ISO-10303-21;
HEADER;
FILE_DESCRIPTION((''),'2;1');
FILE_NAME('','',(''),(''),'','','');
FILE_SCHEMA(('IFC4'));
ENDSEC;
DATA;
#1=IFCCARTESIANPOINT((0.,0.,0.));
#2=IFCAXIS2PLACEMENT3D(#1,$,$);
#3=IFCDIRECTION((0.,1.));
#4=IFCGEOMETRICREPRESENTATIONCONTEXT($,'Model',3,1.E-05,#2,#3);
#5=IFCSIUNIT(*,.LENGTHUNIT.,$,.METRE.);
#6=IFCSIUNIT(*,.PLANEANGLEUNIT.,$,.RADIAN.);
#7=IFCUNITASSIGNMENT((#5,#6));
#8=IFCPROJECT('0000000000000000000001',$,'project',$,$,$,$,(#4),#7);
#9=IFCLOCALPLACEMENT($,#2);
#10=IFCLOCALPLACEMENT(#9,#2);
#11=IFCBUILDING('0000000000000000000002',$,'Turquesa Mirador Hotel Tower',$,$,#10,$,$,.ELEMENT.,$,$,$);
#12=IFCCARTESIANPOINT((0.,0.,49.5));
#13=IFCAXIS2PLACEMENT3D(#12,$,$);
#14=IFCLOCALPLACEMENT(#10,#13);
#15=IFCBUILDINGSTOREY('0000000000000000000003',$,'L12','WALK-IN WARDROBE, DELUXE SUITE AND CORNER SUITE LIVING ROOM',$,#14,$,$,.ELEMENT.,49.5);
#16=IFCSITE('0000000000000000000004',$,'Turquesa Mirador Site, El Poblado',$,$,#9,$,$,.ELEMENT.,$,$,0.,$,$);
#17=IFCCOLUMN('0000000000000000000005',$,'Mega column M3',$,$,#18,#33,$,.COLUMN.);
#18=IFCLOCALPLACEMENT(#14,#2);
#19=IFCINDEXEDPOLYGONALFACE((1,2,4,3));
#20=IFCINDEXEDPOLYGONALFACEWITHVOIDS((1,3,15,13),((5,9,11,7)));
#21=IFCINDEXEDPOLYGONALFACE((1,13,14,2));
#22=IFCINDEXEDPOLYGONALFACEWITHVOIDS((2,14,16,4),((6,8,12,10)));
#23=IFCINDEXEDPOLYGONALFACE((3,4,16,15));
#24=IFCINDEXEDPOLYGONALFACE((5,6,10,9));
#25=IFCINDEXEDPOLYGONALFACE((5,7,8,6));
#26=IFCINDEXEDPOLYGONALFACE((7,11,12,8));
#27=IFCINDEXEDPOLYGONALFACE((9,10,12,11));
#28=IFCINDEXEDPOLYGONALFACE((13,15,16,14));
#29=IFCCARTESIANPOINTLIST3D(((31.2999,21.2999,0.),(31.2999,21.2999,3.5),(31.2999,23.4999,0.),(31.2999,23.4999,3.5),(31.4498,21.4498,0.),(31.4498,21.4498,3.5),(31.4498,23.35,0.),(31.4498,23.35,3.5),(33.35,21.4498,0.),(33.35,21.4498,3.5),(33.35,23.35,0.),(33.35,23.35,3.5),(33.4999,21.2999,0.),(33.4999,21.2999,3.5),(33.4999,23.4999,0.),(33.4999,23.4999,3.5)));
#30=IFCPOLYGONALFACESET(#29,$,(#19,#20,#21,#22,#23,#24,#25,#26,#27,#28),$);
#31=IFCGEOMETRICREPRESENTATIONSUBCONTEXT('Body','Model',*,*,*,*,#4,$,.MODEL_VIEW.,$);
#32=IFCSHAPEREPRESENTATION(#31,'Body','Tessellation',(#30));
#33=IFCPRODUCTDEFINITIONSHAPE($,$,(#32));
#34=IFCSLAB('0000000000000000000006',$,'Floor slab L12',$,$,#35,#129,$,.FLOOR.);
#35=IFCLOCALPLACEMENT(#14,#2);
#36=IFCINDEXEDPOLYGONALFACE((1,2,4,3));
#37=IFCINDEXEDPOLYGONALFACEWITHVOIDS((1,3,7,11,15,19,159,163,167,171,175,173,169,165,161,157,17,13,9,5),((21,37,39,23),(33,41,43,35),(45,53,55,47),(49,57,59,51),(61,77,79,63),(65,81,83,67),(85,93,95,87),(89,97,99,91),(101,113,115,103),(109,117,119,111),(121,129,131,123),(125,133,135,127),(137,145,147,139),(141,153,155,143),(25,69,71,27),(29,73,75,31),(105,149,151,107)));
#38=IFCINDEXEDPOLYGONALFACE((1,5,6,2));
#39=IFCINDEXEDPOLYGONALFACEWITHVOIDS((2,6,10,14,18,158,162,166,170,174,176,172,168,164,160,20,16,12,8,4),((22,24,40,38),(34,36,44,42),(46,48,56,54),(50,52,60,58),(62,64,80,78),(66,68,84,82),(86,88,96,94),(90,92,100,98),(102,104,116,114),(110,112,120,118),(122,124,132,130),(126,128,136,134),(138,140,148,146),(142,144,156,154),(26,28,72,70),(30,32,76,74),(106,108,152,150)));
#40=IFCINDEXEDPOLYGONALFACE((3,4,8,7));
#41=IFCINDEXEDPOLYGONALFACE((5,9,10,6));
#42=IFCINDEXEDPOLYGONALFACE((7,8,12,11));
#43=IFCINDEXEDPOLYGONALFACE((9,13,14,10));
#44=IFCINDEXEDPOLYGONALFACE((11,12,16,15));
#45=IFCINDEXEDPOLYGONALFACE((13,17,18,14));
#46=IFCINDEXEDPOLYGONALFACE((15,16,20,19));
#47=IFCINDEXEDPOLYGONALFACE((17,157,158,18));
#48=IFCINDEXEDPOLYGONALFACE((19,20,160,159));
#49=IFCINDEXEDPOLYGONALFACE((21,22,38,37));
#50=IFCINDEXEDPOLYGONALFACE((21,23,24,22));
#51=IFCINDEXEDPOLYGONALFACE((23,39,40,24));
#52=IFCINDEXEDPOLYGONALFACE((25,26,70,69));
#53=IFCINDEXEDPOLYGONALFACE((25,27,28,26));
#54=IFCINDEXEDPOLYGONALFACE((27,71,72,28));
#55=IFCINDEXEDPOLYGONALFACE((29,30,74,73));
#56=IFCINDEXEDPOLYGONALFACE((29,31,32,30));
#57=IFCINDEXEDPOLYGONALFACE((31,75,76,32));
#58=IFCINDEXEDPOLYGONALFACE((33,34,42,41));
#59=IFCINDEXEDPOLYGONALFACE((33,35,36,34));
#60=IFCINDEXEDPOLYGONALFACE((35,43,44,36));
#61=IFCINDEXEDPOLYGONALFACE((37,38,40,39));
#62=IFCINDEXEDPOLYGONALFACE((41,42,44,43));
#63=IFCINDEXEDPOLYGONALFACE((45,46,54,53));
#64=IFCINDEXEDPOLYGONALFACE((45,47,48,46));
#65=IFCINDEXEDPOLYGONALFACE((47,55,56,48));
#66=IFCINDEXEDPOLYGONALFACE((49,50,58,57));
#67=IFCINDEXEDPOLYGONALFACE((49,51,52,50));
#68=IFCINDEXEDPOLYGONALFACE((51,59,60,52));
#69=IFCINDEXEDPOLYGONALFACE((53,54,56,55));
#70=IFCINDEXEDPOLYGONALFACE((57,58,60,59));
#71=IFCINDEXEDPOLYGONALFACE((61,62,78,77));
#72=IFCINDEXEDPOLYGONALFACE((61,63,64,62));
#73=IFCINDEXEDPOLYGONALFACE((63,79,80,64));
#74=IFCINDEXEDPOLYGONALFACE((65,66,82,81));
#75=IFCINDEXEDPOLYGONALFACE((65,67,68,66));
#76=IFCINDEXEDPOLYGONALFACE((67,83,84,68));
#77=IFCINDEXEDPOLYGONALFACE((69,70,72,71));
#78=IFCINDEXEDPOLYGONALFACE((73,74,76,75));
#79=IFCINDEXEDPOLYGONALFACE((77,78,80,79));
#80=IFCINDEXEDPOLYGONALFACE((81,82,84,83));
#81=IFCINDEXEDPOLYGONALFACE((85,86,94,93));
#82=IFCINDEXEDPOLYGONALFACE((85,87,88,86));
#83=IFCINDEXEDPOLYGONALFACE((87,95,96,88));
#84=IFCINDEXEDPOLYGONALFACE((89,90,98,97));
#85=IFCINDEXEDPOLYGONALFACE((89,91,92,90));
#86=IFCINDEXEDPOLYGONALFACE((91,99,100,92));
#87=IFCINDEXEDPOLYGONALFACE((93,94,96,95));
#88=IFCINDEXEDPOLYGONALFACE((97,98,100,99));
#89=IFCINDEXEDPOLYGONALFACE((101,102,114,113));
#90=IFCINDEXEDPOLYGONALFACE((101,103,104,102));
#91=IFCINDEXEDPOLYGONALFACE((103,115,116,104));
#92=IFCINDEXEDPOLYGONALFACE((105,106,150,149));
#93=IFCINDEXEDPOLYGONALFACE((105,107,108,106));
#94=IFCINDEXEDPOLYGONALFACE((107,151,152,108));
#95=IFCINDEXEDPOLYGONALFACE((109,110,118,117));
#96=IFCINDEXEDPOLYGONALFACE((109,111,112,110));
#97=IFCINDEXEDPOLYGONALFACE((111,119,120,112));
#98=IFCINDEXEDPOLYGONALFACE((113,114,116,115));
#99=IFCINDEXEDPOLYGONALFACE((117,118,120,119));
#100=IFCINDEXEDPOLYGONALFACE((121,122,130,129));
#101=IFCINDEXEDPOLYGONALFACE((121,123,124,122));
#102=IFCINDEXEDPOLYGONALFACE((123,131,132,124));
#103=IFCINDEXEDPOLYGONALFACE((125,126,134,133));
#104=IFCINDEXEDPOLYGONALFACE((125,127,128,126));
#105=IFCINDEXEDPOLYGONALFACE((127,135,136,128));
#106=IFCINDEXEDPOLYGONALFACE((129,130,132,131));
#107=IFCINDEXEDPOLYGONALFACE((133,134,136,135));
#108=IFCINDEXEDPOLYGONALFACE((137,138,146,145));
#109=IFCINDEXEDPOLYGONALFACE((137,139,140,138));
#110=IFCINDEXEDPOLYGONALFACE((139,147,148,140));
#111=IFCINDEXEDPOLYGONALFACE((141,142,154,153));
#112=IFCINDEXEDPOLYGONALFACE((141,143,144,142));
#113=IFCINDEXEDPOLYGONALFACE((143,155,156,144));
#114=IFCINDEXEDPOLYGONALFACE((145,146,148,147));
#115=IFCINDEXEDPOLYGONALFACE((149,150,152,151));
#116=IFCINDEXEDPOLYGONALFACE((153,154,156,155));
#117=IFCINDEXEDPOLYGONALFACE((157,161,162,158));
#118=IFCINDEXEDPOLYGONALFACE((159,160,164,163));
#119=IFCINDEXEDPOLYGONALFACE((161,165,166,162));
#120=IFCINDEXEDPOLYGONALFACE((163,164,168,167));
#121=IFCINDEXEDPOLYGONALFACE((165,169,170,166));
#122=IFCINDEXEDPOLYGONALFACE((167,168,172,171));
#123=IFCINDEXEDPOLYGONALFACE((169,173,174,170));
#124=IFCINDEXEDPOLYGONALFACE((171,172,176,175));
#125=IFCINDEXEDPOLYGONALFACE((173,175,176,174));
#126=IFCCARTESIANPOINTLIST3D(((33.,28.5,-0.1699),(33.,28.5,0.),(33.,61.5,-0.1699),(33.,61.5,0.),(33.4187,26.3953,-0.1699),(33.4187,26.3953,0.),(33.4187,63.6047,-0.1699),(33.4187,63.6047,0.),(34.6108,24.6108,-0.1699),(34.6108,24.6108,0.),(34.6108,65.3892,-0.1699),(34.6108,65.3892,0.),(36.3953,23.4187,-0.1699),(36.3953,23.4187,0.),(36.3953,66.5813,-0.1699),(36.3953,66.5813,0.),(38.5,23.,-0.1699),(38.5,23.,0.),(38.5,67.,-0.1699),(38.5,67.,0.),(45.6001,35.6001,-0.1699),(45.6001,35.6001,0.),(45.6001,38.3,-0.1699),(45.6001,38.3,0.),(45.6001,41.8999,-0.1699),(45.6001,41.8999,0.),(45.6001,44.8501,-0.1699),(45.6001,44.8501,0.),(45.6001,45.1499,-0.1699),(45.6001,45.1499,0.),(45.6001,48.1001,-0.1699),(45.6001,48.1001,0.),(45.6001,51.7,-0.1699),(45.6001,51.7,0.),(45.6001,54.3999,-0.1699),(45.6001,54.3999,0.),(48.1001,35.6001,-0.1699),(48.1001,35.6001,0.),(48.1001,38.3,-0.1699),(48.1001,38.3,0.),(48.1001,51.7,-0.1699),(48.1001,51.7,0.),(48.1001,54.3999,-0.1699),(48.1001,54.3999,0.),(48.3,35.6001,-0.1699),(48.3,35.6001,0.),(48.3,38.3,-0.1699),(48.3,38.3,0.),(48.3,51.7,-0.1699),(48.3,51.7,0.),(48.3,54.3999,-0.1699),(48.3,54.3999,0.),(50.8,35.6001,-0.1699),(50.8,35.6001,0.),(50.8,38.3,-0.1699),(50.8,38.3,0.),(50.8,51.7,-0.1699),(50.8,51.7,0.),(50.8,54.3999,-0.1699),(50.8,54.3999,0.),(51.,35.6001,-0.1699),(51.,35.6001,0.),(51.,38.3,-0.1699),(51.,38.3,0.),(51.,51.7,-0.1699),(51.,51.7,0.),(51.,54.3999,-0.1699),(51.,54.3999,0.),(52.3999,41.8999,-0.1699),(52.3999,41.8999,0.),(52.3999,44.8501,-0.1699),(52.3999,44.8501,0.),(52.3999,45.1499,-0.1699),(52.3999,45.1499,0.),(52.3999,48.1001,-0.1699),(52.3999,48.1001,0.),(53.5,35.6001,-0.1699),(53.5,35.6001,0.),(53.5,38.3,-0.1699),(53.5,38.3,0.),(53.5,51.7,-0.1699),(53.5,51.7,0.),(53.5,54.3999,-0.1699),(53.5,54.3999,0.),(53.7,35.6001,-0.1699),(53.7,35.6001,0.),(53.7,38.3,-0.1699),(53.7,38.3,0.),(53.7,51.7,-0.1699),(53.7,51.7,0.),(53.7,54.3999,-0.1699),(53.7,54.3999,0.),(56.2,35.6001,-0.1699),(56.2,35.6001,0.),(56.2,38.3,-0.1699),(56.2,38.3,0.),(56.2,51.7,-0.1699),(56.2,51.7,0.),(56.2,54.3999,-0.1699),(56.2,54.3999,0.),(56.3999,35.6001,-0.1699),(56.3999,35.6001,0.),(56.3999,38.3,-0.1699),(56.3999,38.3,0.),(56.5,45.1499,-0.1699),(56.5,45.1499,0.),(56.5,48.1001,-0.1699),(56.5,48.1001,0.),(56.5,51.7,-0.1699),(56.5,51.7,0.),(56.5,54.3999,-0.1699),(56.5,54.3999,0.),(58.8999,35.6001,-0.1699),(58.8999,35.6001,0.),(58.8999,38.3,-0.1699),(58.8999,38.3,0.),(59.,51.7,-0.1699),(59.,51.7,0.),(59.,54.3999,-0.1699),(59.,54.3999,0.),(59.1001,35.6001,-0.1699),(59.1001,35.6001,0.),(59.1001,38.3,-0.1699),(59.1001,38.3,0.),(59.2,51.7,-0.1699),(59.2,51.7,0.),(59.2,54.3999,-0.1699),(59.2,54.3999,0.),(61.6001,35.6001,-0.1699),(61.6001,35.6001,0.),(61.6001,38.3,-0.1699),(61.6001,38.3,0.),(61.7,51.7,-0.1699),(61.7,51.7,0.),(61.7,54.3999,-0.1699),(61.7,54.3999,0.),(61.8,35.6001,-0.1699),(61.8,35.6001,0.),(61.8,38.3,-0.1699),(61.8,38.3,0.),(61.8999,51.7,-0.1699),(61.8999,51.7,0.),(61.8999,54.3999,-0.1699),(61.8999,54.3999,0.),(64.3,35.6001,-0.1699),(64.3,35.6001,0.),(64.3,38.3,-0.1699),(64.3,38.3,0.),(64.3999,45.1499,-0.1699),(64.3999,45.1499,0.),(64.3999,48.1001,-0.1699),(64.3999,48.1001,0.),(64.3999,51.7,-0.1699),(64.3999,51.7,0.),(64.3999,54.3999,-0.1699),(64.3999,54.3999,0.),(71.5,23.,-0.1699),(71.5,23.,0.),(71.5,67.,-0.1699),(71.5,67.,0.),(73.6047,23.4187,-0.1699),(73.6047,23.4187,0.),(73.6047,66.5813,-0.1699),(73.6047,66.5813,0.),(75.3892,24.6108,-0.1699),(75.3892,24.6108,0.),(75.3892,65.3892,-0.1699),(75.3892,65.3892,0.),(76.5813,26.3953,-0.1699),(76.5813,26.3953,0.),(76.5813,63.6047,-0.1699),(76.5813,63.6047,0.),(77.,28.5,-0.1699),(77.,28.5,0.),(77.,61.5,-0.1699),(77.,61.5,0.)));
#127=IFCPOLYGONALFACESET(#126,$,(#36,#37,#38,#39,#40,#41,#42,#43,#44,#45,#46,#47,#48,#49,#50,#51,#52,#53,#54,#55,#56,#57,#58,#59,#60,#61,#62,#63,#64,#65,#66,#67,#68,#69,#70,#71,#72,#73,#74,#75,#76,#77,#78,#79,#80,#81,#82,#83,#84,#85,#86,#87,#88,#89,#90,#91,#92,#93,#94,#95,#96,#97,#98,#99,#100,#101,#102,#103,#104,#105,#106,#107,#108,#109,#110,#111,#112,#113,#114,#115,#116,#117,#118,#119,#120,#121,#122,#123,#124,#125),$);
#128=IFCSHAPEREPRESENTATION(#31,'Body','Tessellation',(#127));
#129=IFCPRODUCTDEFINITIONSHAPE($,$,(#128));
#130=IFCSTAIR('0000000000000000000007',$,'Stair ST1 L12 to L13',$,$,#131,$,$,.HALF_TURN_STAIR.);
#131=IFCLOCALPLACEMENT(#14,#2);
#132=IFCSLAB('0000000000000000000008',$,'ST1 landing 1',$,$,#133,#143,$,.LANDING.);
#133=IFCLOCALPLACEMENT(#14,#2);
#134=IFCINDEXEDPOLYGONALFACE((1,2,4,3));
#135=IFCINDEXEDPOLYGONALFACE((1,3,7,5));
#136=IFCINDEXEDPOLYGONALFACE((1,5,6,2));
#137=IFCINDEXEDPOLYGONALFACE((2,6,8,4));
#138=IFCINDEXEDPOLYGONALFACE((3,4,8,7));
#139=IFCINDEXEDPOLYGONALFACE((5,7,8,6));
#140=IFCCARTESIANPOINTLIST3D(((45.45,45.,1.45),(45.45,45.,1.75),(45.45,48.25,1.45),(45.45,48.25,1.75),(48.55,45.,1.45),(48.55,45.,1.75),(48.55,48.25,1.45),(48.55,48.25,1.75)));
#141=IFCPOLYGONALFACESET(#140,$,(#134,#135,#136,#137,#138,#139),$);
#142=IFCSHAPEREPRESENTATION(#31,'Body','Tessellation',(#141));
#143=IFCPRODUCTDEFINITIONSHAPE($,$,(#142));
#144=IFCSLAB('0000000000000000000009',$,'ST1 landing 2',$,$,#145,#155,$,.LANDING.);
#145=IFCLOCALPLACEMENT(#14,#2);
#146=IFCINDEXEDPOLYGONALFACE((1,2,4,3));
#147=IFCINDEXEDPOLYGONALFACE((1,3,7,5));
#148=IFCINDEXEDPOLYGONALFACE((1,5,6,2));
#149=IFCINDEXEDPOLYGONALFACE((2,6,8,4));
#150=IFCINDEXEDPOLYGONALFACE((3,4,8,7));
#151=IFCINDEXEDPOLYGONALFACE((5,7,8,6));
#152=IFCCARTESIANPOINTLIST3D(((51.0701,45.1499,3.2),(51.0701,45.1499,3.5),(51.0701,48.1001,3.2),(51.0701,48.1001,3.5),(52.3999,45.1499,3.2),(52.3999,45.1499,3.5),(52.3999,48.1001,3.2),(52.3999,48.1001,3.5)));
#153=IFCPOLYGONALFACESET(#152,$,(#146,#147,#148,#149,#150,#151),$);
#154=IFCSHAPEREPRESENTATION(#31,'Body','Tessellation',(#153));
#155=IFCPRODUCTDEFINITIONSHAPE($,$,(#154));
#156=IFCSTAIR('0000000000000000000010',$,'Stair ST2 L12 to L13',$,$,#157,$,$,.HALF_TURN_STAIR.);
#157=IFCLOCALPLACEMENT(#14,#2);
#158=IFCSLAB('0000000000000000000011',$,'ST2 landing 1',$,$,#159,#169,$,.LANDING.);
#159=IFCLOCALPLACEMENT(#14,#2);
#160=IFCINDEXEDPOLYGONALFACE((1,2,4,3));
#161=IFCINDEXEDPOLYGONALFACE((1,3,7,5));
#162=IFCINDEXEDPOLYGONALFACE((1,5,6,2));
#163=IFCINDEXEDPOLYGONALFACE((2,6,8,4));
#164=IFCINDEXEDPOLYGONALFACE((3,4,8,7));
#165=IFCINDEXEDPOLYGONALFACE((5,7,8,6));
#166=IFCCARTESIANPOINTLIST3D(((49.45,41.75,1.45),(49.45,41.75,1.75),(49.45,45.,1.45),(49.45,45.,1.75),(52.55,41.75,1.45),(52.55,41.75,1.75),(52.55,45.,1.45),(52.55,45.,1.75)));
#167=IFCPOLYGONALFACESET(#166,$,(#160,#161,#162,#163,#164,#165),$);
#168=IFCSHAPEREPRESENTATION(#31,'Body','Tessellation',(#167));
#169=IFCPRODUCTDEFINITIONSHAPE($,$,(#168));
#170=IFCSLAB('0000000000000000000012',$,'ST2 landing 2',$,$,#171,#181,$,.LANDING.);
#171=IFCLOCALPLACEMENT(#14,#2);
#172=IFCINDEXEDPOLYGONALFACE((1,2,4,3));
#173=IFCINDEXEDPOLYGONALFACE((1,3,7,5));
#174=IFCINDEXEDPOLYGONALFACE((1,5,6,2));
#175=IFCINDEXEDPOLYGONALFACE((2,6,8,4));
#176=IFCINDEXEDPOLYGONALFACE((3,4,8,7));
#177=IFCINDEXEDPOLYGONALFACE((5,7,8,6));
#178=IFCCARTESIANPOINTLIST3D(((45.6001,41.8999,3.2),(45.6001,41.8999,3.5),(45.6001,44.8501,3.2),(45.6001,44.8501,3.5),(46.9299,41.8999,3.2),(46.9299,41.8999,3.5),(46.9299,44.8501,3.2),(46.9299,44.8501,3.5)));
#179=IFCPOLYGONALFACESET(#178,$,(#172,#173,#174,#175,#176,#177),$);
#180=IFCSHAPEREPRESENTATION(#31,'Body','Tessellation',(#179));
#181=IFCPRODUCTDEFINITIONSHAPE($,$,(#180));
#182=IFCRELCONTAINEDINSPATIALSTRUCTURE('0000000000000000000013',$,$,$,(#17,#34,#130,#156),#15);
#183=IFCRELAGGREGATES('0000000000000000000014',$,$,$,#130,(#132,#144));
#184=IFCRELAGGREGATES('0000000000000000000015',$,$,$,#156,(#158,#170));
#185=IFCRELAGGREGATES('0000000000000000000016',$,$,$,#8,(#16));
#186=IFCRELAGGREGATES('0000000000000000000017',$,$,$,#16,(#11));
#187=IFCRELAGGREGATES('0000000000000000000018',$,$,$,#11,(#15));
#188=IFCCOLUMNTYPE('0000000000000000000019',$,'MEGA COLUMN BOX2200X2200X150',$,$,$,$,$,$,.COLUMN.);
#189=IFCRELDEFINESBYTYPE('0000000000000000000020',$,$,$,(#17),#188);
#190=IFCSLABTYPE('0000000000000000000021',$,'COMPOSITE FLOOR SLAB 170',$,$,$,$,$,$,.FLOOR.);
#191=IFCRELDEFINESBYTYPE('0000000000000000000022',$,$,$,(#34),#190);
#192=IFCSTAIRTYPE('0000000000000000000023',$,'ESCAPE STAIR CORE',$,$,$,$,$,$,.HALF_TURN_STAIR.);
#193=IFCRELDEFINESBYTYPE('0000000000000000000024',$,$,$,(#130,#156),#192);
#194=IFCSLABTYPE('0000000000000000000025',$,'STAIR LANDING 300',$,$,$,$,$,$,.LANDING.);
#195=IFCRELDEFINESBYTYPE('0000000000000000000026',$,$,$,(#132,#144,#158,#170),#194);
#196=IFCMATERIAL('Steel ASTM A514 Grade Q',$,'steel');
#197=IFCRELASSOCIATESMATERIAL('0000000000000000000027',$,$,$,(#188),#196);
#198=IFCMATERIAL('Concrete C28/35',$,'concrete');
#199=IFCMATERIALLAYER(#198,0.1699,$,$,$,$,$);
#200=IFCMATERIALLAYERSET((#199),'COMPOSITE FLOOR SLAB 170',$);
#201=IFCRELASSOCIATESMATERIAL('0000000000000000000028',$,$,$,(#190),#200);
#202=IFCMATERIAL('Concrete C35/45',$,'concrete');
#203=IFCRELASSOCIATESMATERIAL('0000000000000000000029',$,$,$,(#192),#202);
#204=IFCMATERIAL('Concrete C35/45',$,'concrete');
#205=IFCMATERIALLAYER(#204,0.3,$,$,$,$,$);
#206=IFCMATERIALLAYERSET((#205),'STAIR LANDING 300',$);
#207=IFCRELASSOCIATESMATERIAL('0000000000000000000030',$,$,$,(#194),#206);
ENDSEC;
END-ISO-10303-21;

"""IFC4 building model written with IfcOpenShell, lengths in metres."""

from ifc_helpers import new_model, si_unit, direction, frame, origin, origin_2d, place, context, subcontext, project, spatial, polyline, hollow_rectangle, outline, extrude, material, layer, layer_set, material_profile, profile_set, type_object, element, aggregate, save


model = new_model("IFC4")

# Units and contexts
model_context = context("Model", 3, precision=1e-05, world=origin(), true_north=direction((0.0, 1.0)))
body_context = subcontext(model_context, "Body", "Model", "MODEL_VIEW")
ifc_project = project(units=[si_unit("LENGTHUNIT", "METRE"), si_unit("PLANEANGLEUNIT", "RADIAN")], contexts=[model_context])

# Site, building, storey
site_placement = place(None, origin())
site = spatial("IfcSite", under=ifc_project, at=site_placement, Name="Turquesa Mirador Site, El Poblado", CompositionType="ELEMENT", RefElevation=0.0)
building_placement = place(site_placement, origin())
building = spatial("IfcBuilding", under=site, at=building_placement, Name="Turquesa Mirador Hotel Tower", CompositionType="ELEMENT")
storey_placement = place(building_placement, frame((0.0, 0.0, 49.5)))
storey = spatial("IfcBuildingStorey", under=building, at=storey_placement, Name="L12", Description="WALK-IN WARDROBE, DELUXE SUITE AND CORNER SUITE LIVING ROOM", CompositionType="ELEMENT", Elevation=49.5)

# Column
ifc_material_1 = material(Name="Steel ASTM A514 Grade Q", Category="steel")
ifc_material_profile = material_profile(ifc_material_1, hollow_rectangle(XDim=2.2, YDim=2.2, WallThickness=0.1499, at=origin_2d()), Name="BOX2200X2200X150")
ifc_profile_set = profile_set([ifc_material_profile], Name="Steel ASTM A514 Grade Q")
column_type = type_object("IfcColumnType", Name="MEGA COLUMN BOX2200X2200X150", PredefinedType="COLUMN", material=ifc_profile_set)
column_placement = place(storey_placement, frame((32.3999, 22.3999, 0.0), z_axis=(0.0, 0.0, 1.0), x_axis=(1.0, 0.0, 0.0)))
element("IfcColumn", 1, at=column_placement, inside=storey, type_object=column_type, Name="Mega column M3", PredefinedType="COLUMN", context=body_context, shape_type="SweptSolid", body=[
    extrude(hollow_rectangle(XDim=2.2, YDim=2.2, WallThickness=0.1499, at=origin_2d()), origin(), (0.0, 0.0, 1.0), 3.5),
])

# Slab
ifc_material_2 = material(Name="Concrete C28/35", Category="concrete")
ifc_layer_1 = layer(ifc_material_2, 0.1699)
ifc_layer_set_1 = layer_set([ifc_layer_1], Name="COMPOSITE FLOOR SLAB 170")
slab_type_1 = type_object("IfcSlabType", Name="COMPOSITE FLOOR SLAB 170", PredefinedType="FLOOR", material=ifc_layer_set_1)
slab_1_placement = place(storey_placement, frame((0.0, 0.0, -0.1699)))
element("IfcSlab", 2, at=slab_1_placement, inside=storey, type_object=slab_type_1, Name="Floor slab L12", PredefinedType="FLOOR", context=body_context, shape_type="SweptSolid", body=[
    extrude(outline(polyline([(71.5, 23.0), (73.6047, 23.4187), (75.3892, 24.6108), (76.5813, 26.3953), (77.0, 28.5), (77.0, 61.5), (76.5813, 63.6047), (75.3892, 65.3892), (73.6047, 66.5813), (71.5, 67.0), (38.5, 67.0), (36.3953, 66.5813), (34.6108, 65.3892), (33.4187, 63.6047), (33.0, 61.5), (33.0, 28.5), (33.4187, 26.3953), (34.6108, 24.6108), (36.3953, 23.4187), (38.5, 23.0), (71.5, 23.0)]), holes=[polyline([(45.6001, 51.7), (48.1001, 51.7), (48.1001, 54.3999), (45.6001, 54.3999), (45.6001, 51.7)]), polyline([(48.3, 51.7), (50.8, 51.7), (50.8, 54.3999), (48.3, 54.3999), (48.3, 51.7)]), polyline([(51.0, 51.7), (53.5, 51.7), (53.5, 54.3999), (51.0, 54.3999), (51.0, 51.7)]), polyline([(53.7, 51.7), (56.2, 51.7), (56.2, 54.3999), (53.7, 54.3999), (53.7, 51.7)]), polyline([(56.5, 51.7), (59.0, 51.7), (59.0, 54.3999), (56.5, 54.3999), (56.5, 51.7)]), polyline([(59.2, 51.7), (61.7, 51.7), (61.7, 54.3999), (59.2, 54.3999), (59.2, 51.7)]), polyline([(45.6001, 35.6001), (48.1001, 35.6001), (48.1001, 38.3), (45.6001, 38.3), (45.6001, 35.6001)]), polyline([(48.3, 35.6001), (50.8, 35.6001), (50.8, 38.3), (48.3, 38.3), (48.3, 35.6001)]), polyline([(51.0, 35.6001), (53.5, 35.6001), (53.5, 38.3), (51.0, 38.3), (51.0, 35.6001)]), polyline([(53.7, 35.6001), (56.2, 35.6001), (56.2, 38.3), (53.7, 38.3), (53.7, 35.6001)]), polyline([(56.3999, 35.6001), (58.8999, 35.6001), (58.8999, 38.3), (56.3999, 38.3), (56.3999, 35.6001)]), polyline([(59.1001, 35.6001), (61.6001, 35.6001), (61.6001, 38.3), (59.1001, 38.3), (59.1001, 35.6001)]), polyline([(61.8, 35.6001), (64.3, 35.6001), (64.3, 38.3), (61.8, 38.3), (61.8, 35.6001)]), polyline([(45.6001, 45.1499), (52.3999, 45.1499), (52.3999, 48.1001), (45.6001, 48.1001), (45.6001, 45.1499)]), polyline([(45.6001, 41.8999), (52.3999, 41.8999), (52.3999, 44.8501), (45.6001, 44.8501), (45.6001, 41.8999)]), polyline([(56.5, 45.1499), (64.3999, 45.1499), (64.3999, 48.1001), (56.5, 48.1001), (56.5, 45.1499)]), polyline([(61.8999, 51.7), (64.3999, 51.7), (64.3999, 54.3999), (61.8999, 54.3999), (61.8999, 51.7)])]), origin(), (0.0, 0.0, 1.0), 0.1699),
])

# Stairs, slabs
ifc_material_3 = material(Name="Concrete C35/45", Category="concrete")
stair_type = type_object("IfcStairType", Name="ESCAPE STAIR CORE", PredefinedType="HALF_TURN_STAIR", material=ifc_material_3)
stair_1_placement = place(storey_placement, origin())
stair_1 = element("IfcStair", 3, at=stair_1_placement, inside=storey, type_object=stair_type, Name="Stair ST1 L12 to L13", PredefinedType="HALF_TURN_STAIR")
ifc_material_4 = material(Name="Concrete C35/45", Category="concrete")
ifc_layer_2 = layer(ifc_material_4, 0.3)
ifc_layer_set_2 = layer_set([ifc_layer_2], Name="STAIR LANDING 300")
slab_type_2 = type_object("IfcSlabType", Name="STAIR LANDING 300", PredefinedType="LANDING", material=ifc_layer_set_2)
slab_2_placement = place(storey_placement, frame((0.0, 0.0, 1.45)))
slab_2 = element("IfcSlab", 4, at=slab_2_placement, type_object=slab_type_2, Name="ST1 landing 1", PredefinedType="LANDING", context=body_context, shape_type="SweptSolid", body=[
    extrude(outline(polyline([(45.45, 45.0), (48.55, 45.0), (48.55, 48.25), (45.45, 48.25), (45.45, 45.0)])), origin(), (0.0, 0.0, 1.0), 0.3),
])
slab_3_placement = place(storey_placement, frame((0.0, 0.0, 3.2)))
slab_3 = element("IfcSlab", 5, at=slab_3_placement, type_object=slab_type_2, Name="ST1 landing 2", PredefinedType="LANDING", context=body_context, shape_type="SweptSolid", body=[
    extrude(outline(polyline([(51.0701, 45.1499), (52.3999, 45.1499), (52.3999, 48.1001), (51.0701, 48.1001), (51.0701, 45.1499)])), origin(), (0.0, 0.0, 1.0), 0.3),
])
aggregate(stair_1, [slab_2, slab_3])
stair_2_placement = place(storey_placement, origin())
stair_2 = element("IfcStair", 6, at=stair_2_placement, inside=storey, type_object=stair_type, Name="Stair ST2 L12 to L13", PredefinedType="HALF_TURN_STAIR")
slab_4_placement = place(storey_placement, frame((0.0, 0.0, 1.45)))
slab_4 = element("IfcSlab", 7, at=slab_4_placement, type_object=slab_type_2, Name="ST2 landing 1", PredefinedType="LANDING", context=body_context, shape_type="SweptSolid", body=[
    extrude(outline(polyline([(52.55, 45.0), (49.45, 45.0), (49.45, 41.75), (52.55, 41.75), (52.55, 45.0)])), origin(), (0.0, 0.0, 1.0), 0.3),
])
slab_5_placement = place(storey_placement, frame((0.0, 0.0, 3.2)))
slab_5 = element("IfcSlab", 8, at=slab_5_placement, type_object=slab_type_2, Name="ST2 landing 2", PredefinedType="LANDING", context=body_context, shape_type="SweptSolid", body=[
    extrude(outline(polyline([(46.9299, 44.8501), (45.6001, 44.8501), (45.6001, 41.8999), (46.9299, 41.8999), (46.9299, 44.8501)])), origin(), (0.0, 0.0, 1.0), 0.3),
])
aggregate(stair_2, [slab_4, slab_5])

save(model, "model.ifc")
